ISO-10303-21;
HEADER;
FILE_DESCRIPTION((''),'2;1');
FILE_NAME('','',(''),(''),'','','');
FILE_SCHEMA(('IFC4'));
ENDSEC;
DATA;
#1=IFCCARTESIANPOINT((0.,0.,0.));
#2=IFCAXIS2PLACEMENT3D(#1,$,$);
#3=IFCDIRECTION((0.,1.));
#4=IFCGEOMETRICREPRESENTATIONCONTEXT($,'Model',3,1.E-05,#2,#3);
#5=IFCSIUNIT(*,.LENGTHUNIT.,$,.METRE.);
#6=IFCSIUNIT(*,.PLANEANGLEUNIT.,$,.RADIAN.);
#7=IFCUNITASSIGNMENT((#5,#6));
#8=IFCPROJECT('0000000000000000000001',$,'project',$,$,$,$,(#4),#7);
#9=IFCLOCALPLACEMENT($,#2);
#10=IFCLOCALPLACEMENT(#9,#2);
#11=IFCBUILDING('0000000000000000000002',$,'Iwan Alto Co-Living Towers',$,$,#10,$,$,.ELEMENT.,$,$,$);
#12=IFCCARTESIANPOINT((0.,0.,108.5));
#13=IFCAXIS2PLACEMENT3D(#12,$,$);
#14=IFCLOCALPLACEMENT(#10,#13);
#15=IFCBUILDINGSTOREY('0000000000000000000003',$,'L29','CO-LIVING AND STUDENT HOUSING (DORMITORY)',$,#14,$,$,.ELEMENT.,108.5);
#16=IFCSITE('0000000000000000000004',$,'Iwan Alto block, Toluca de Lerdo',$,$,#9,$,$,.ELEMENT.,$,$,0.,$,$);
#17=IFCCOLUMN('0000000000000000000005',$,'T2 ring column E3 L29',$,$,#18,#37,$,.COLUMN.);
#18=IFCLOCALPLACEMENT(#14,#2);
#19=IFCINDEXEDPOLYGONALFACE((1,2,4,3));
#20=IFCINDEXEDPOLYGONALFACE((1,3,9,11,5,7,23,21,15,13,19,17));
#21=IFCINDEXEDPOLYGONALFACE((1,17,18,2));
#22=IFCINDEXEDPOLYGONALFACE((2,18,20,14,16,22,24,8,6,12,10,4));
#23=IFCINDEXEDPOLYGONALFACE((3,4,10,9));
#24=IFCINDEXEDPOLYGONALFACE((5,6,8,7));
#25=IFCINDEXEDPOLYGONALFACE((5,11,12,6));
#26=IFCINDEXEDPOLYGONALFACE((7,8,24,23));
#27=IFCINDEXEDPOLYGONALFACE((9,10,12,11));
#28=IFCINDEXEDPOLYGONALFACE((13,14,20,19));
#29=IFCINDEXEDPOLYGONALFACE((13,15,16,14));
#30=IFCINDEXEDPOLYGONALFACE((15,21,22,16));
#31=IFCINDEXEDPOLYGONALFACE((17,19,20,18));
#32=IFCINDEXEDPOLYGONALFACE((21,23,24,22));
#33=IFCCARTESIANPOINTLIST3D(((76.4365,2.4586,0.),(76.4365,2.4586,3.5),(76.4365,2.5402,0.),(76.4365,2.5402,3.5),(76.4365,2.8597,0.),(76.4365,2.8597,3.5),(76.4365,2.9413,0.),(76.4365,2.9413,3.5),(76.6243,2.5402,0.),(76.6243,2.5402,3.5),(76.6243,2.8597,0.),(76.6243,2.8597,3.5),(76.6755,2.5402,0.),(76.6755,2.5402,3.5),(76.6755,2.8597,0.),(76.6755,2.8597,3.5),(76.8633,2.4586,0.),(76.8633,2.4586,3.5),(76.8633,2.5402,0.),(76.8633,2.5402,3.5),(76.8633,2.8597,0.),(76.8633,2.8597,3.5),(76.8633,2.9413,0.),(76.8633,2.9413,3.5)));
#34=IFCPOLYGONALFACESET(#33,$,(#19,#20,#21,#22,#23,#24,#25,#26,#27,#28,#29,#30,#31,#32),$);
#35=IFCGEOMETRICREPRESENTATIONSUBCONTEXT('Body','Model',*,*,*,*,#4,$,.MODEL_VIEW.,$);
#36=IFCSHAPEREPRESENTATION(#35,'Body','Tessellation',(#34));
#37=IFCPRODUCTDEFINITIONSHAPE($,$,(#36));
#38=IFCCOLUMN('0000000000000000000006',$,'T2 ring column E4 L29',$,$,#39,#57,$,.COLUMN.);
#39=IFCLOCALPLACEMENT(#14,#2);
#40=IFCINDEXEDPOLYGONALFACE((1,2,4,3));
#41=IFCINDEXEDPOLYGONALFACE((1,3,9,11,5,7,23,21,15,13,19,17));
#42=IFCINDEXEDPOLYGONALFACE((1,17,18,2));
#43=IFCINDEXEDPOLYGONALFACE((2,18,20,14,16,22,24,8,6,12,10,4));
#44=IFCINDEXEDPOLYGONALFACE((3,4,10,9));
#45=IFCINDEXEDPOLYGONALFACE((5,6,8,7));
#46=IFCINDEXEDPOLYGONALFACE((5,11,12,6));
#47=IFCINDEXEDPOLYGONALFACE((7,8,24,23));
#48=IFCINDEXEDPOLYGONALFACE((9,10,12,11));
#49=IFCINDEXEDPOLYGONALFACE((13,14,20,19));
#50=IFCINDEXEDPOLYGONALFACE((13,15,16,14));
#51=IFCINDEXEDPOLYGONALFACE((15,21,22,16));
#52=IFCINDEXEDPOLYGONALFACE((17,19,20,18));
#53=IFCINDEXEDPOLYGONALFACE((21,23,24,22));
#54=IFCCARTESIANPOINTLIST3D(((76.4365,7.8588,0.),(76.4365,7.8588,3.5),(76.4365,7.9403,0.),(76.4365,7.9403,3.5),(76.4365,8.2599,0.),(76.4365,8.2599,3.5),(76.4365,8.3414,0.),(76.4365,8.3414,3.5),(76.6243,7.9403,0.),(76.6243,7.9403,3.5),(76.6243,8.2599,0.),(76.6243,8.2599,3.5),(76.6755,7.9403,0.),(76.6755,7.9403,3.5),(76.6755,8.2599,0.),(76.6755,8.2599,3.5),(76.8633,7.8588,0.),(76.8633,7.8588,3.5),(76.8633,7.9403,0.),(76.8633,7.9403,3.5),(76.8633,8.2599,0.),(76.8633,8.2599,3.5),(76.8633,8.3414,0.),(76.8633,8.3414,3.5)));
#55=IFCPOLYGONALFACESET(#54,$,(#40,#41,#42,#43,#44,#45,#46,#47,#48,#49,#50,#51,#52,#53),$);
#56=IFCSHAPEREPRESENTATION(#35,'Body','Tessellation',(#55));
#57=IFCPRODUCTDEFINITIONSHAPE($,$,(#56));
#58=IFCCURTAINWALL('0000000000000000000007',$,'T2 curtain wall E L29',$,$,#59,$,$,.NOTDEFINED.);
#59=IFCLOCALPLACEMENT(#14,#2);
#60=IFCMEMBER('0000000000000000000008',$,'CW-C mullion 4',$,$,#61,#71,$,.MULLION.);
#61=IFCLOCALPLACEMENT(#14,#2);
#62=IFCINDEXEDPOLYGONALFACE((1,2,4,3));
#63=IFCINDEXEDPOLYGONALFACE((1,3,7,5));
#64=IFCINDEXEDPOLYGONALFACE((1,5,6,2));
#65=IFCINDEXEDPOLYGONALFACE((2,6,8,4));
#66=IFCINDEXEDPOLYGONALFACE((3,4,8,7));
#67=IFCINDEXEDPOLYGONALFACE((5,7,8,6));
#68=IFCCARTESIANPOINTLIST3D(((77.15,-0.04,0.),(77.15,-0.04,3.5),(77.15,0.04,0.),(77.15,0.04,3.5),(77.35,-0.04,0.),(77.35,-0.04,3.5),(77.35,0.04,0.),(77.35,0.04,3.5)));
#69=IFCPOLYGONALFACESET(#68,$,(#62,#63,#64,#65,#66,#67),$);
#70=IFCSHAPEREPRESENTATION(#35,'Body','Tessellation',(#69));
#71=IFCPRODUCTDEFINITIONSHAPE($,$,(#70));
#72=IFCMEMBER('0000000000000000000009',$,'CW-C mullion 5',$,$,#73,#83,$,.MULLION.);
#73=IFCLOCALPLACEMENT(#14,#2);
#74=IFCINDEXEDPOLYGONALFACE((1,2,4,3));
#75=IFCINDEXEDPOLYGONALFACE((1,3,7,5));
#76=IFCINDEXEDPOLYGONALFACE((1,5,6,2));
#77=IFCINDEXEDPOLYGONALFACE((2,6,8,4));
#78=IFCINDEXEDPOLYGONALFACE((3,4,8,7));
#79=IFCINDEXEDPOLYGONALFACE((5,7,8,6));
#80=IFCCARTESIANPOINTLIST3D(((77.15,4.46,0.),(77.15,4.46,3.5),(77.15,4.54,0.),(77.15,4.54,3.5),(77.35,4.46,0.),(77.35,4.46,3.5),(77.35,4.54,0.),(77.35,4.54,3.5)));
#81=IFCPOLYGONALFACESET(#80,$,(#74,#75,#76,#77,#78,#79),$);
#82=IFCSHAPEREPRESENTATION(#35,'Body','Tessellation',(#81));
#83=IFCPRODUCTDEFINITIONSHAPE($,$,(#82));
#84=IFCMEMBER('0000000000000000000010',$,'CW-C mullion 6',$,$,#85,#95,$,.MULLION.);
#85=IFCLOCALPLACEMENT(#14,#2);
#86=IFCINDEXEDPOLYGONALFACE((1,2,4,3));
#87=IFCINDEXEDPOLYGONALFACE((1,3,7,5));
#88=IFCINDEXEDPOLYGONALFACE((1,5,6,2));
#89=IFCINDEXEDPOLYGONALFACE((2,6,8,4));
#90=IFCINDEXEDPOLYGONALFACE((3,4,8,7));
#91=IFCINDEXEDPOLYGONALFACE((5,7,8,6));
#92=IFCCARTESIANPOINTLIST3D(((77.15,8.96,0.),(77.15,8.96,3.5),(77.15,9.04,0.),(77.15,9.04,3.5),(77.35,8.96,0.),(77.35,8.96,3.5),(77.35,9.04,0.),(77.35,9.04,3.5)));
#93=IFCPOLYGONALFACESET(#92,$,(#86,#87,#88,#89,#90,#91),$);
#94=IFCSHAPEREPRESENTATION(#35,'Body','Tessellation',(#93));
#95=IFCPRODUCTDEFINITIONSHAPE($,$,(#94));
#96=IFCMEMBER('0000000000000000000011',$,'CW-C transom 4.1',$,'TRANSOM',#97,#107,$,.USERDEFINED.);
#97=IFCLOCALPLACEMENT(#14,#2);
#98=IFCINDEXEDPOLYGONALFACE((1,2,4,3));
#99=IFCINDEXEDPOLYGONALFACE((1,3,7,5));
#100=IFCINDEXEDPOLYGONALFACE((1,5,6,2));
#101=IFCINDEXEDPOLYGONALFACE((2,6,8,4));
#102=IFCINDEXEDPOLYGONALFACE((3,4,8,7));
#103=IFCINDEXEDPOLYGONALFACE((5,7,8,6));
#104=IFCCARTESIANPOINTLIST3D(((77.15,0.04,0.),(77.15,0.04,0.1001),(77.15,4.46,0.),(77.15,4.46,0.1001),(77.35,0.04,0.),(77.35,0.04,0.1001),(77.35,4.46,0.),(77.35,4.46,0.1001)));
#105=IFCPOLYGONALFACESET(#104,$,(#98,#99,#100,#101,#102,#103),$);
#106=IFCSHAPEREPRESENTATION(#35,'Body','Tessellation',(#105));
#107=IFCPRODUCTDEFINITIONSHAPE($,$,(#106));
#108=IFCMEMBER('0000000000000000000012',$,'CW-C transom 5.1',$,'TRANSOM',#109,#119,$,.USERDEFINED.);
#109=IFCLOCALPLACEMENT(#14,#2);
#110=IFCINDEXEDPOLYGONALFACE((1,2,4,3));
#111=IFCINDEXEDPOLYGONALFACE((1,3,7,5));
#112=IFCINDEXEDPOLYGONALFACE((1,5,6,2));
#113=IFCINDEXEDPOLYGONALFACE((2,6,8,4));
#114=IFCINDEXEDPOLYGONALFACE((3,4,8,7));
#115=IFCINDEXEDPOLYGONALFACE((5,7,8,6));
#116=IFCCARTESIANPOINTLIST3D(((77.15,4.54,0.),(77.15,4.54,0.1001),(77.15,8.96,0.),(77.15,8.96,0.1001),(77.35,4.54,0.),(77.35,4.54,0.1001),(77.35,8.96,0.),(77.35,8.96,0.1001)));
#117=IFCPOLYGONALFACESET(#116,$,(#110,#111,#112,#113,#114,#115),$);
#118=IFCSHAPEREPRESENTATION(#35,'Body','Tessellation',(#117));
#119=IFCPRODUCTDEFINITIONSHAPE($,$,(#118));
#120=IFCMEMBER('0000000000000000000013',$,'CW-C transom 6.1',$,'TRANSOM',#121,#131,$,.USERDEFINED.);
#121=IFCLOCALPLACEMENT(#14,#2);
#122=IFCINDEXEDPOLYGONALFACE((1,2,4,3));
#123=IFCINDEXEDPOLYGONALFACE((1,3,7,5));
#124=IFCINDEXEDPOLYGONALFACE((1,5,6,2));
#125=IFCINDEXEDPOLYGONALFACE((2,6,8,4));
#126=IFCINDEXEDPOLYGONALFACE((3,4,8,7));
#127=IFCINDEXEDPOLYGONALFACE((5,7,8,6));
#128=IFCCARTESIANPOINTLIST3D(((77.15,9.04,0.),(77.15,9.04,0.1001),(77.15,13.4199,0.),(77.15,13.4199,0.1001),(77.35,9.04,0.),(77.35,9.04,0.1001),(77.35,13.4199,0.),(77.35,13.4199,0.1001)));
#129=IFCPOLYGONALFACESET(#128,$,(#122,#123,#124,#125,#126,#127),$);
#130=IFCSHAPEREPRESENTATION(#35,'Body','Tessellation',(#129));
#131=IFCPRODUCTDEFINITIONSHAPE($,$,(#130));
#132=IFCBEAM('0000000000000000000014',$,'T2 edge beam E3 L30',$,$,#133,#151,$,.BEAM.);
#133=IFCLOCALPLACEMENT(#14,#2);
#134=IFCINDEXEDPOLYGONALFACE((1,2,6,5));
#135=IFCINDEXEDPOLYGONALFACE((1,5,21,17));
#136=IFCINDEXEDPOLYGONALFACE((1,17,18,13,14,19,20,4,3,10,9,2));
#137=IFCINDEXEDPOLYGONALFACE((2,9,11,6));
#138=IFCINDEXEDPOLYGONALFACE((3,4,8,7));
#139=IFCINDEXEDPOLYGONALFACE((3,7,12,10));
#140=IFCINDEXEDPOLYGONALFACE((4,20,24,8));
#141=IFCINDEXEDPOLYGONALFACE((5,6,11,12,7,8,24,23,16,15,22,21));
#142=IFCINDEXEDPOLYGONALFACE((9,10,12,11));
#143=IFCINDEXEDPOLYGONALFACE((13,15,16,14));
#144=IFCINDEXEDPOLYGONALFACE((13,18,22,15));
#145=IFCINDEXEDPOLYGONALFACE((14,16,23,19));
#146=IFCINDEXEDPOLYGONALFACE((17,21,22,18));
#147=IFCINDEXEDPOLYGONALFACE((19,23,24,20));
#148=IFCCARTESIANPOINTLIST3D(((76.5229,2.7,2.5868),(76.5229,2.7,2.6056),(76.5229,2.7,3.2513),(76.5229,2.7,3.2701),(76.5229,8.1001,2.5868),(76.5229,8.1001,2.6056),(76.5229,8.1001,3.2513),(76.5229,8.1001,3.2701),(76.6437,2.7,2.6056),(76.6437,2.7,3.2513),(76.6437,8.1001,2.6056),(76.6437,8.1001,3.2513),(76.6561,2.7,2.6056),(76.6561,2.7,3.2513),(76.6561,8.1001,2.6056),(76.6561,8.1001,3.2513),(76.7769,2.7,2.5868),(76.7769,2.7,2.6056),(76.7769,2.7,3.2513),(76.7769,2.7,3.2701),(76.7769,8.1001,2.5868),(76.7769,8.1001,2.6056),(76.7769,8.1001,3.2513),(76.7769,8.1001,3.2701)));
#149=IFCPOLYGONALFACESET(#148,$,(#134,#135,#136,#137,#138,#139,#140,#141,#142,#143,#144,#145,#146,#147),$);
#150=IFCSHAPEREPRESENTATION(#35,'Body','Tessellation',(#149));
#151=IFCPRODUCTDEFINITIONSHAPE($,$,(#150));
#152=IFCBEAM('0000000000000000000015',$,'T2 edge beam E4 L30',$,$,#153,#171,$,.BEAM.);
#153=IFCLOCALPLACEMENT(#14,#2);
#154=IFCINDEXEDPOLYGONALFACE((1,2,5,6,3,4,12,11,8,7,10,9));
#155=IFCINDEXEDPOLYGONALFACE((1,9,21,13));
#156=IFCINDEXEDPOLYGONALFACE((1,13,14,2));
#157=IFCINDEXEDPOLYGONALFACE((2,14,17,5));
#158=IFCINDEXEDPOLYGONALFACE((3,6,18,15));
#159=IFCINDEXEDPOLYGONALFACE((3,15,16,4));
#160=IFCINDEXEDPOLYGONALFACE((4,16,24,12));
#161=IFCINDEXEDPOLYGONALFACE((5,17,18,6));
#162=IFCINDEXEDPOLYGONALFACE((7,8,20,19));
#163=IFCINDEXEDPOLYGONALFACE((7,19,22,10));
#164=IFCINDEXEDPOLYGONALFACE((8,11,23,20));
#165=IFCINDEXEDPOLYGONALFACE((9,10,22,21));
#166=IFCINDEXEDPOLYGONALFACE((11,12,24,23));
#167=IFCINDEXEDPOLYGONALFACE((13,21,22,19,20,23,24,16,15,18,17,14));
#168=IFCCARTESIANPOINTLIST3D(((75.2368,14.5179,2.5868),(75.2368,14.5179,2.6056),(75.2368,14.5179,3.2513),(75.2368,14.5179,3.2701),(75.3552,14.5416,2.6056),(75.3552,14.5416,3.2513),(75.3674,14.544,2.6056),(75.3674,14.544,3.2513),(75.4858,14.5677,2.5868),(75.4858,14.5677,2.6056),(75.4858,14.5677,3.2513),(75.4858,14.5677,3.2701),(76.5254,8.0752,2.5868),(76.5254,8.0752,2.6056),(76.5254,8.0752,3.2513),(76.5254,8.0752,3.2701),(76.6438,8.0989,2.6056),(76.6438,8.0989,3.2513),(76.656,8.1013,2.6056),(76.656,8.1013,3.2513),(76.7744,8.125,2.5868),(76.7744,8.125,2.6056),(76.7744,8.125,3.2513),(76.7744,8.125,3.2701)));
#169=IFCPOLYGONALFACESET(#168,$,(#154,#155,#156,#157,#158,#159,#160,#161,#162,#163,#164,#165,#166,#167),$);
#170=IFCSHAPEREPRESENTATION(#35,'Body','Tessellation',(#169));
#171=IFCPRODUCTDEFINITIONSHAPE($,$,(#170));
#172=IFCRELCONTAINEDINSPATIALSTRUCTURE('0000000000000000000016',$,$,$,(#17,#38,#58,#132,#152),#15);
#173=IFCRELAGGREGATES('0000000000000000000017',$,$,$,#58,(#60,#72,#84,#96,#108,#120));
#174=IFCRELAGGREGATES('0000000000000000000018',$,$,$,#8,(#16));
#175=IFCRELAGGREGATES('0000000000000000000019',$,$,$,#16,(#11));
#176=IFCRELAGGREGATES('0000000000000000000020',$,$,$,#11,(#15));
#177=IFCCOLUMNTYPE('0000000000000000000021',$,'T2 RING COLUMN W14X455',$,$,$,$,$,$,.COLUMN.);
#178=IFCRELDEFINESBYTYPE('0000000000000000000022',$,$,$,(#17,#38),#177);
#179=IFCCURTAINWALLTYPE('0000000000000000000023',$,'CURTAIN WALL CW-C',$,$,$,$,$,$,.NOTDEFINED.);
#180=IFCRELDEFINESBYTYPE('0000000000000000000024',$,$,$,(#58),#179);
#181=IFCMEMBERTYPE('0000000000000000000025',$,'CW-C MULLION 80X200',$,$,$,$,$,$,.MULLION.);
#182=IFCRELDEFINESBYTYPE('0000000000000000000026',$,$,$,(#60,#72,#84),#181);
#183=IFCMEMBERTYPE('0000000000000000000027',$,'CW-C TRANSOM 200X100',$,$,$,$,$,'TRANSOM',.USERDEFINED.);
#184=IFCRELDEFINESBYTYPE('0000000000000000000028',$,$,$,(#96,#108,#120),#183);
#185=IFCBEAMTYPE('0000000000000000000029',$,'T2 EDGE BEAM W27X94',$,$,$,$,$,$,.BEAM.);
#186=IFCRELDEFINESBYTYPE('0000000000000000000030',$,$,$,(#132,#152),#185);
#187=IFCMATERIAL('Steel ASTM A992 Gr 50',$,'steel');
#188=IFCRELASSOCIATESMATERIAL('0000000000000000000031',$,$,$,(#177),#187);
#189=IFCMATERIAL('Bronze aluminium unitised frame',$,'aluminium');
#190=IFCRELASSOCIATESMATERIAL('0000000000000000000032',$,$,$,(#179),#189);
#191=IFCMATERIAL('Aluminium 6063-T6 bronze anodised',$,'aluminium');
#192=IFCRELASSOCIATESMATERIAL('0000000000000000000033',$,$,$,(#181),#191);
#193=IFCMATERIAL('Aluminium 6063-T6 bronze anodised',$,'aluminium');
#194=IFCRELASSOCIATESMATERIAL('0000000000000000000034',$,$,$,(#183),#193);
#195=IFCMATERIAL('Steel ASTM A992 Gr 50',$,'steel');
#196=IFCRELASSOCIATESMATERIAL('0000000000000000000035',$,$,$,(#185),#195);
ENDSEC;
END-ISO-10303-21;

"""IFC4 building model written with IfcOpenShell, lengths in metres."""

from ifc_helpers import new_model, si_unit, direction, frame, origin, origin_2d, place, context, subcontext, project, spatial, rectangle, i_section, extrude, material, material_profile, profile_set, type_object, element, aggregate, save


model = new_model("IFC4")

# Units and contexts
model_context = context("Model", 3, precision=1e-05, world=origin(), true_north=direction((0.0, 1.0)))
body_context = subcontext(model_context, "Body", "Model", "MODEL_VIEW")
ifc_project = project(units=[si_unit("LENGTHUNIT", "METRE"), si_unit("PLANEANGLEUNIT", "RADIAN")], contexts=[model_context])

# Site, building, storey
site_placement = place(None, origin())
site = spatial("IfcSite", under=ifc_project, at=site_placement, Name="Iwan Alto block, Toluca de Lerdo", CompositionType="ELEMENT", RefElevation=0.0)
building_placement = place(site_placement, origin())
building = spatial("IfcBuilding", under=site, at=building_placement, Name="Iwan Alto Co-Living Towers", CompositionType="ELEMENT")
storey_placement = place(building_placement, frame((0.0, 0.0, 108.5)))
storey = spatial("IfcBuildingStorey", under=building, at=storey_placement, Name="L29", Description="CO-LIVING AND STUDENT HOUSING (DORMITORY)", CompositionType="ELEMENT", Elevation=108.5)

# Columns
ifc_material_1 = material(Name="Steel ASTM A992 Gr 50", Category="steel")
ifc_material_profile_1 = material_profile(ifc_material_1, i_section(OverallWidth=0.4268, OverallDepth=0.4827, WebThickness=0.0513, FlangeThickness=0.0815, at=origin_2d()), Name="W14X455")
ifc_profile_set_1 = profile_set([ifc_material_profile_1], Name="Steel ASTM A992 Gr 50")
column_type = type_object("IfcColumnType", Name="T2 RING COLUMN W14X455", PredefinedType="COLUMN", material=ifc_profile_set_1)
for number, where, z_axis, x_axis, name in (
    (1, (76.6499, 2.7, 0.0), (0.0, 0.0, 1.0), (1.0, 0.0, 0.0), "T2 ring column E3 L29"),
    (2, (76.6499, 8.1001, 0.0), (0.0, 0.0, 1.0), (1.0, 0.0, 0.0), "T2 ring column E4 L29"),
):
    element("IfcColumn", number, at=place(storey_placement, frame(where, z_axis=z_axis, x_axis=x_axis)), inside=storey, type_object=column_type, Name=name, PredefinedType="COLUMN", context=body_context, shape_type="SweptSolid", body=[
        extrude(i_section(OverallWidth=0.4268, OverallDepth=0.4827, WebThickness=0.0513, FlangeThickness=0.0815, at=origin_2d()), origin(), (0.0, 0.0, 1.0), 3.5),
    ])

# Curtain wall, members
ifc_material_2 = material(Name="Bronze aluminium unitised frame", Category="aluminium")
curtain_wall_type = type_object("IfcCurtainWallType", Name="CURTAIN WALL CW-C", PredefinedType="NOTDEFINED", material=ifc_material_2)
curtain_wall_placement = place(storey_placement, origin())
curtain_wall = element("IfcCurtainWall", 3, at=curtain_wall_placement, inside=storey, type_object=curtain_wall_type, Name="T2 curtain wall E L29", PredefinedType="NOTDEFINED")
ifc_material_3 = material(Name="Aluminium 6063-T6 bronze anodised", Category="aluminium")
ifc_material_profile_2 = material_profile(ifc_material_3, rectangle(XDim=0.2, YDim=0.0801, at=origin_2d()), Name="AL 80X200")
ifc_profile_set_2 = profile_set([ifc_material_profile_2], Name="Aluminium 6063-T6 bronze anodised")
member_type_1 = type_object("IfcMemberType", Name="CW-C MULLION 80X200", PredefinedType="MULLION", material=ifc_profile_set_2)
member_1_placement = place(storey_placement, frame((77.25, 0.0, 0.0), z_axis=(0.0, 0.0, 1.0), x_axis=(-1.0, 0.0, 0.0)))
member_1 = element("IfcMember", 4, at=member_1_placement, type_object=member_type_1, Name="CW-C mullion 4", PredefinedType="MULLION", context=body_context, shape_type="SweptSolid", body=[
    extrude(rectangle(XDim=0.2, YDim=0.0801, at=origin_2d()), origin(), (0.0, 0.0, 1.0), 3.5),
])
member_2_placement = place(storey_placement, frame((77.25, 4.5, 0.0), z_axis=(0.0, 0.0, 1.0), x_axis=(-1.0, 0.0, 0.0)))
member_2 = element("IfcMember", 5, at=member_2_placement, type_object=member_type_1, Name="CW-C mullion 5", PredefinedType="MULLION", context=body_context, shape_type="SweptSolid", body=[
    extrude(rectangle(XDim=0.2, YDim=0.0801, at=origin_2d()), origin(), (0.0, 0.0, 1.0), 3.5),
])
member_3_placement = place(storey_placement, frame((77.25, 9.0, 0.0), z_axis=(0.0, 0.0, 1.0), x_axis=(-1.0, 0.0, 0.0)))
member_3 = element("IfcMember", 6, at=member_3_placement, type_object=member_type_1, Name="CW-C mullion 6", PredefinedType="MULLION", context=body_context, shape_type="SweptSolid", body=[
    extrude(rectangle(XDim=0.2, YDim=0.0801, at=origin_2d()), origin(), (0.0, 0.0, 1.0), 3.5),
])
ifc_material_4 = material(Name="Aluminium 6063-T6 bronze anodised", Category="aluminium")
ifc_material_profile_3 = material_profile(ifc_material_4, rectangle(XDim=0.2, YDim=0.1001, at=origin_2d()), Name="AL 200X100")
ifc_profile_set_3 = profile_set([ifc_material_profile_3], Name="Aluminium 6063-T6 bronze anodised")
member_type_2 = type_object("IfcMemberType", Name="CW-C TRANSOM 200X100", ElementType="TRANSOM", PredefinedType="USERDEFINED", material=ifc_profile_set_3)
member_4_placement = place(storey_placement, frame((77.25, 0.04, 0.05), z_axis=(0.0, 1.0, 0.0), x_axis=(-1.0, 0.0, 0.0)))
member_4 = element("IfcMember", 7, at=member_4_placement, type_object=member_type_2, Name="CW-C transom 4.1", ObjectType="TRANSOM", PredefinedType="USERDEFINED", context=body_context, shape_type="SweptSolid", body=[
    extrude(rectangle(XDim=0.2, YDim=0.1001, at=origin_2d()), origin(), (0.0, 0.0, 1.0), 4.4199),
])
member_5_placement = place(storey_placement, frame((77.25, 4.54, 0.05), z_axis=(0.0, 1.0, 0.0), x_axis=(-1.0, 0.0, 0.0)))
member_5 = element("IfcMember", 8, at=member_5_placement, type_object=member_type_2, Name="CW-C transom 5.1", ObjectType="TRANSOM", PredefinedType="USERDEFINED", context=body_context, shape_type="SweptSolid", body=[
    extrude(rectangle(XDim=0.2, YDim=0.1001, at=origin_2d()), origin(), (0.0, 0.0, 1.0), 4.4199),
])
member_6_placement = place(storey_placement, frame((77.25, 9.04, 0.05), z_axis=(0.0, 1.0, 0.0), x_axis=(-1.0, 0.0, 0.0)))
member_6 = element("IfcMember", 9, at=member_6_placement, type_object=member_type_2, Name="CW-C transom 6.1", ObjectType="TRANSOM", PredefinedType="USERDEFINED", context=body_context, shape_type="SweptSolid", body=[
    extrude(rectangle(XDim=0.2, YDim=0.1001, at=origin_2d()), origin(), (0.0, 0.0, 1.0), 4.3799),
])

# Beams
ifc_material_5 = material(Name="Steel ASTM A992 Gr 50", Category="steel")
ifc_material_profile_4 = material_profile(ifc_material_5, i_section(OverallWidth=0.2539, OverallDepth=0.6833, WebThickness=0.0125, FlangeThickness=0.0188, at=origin_2d()), Name="W27X94")
ifc_profile_set_4 = profile_set([ifc_material_profile_4], Name="Steel ASTM A992 Gr 50")
beam_type_1 = type_object("IfcBeamType", Name="T2 EDGE BEAM W27X94", PredefinedType="BEAM", material=ifc_profile_set_4)
beam_1_placement = place(storey_placement, frame((76.6499, 2.7, 2.9285), z_axis=(0.0, 1.0, 0.0), x_axis=(-1.0, 0.0, 0.0)))
element("IfcBeam", 10, at=beam_1_placement, inside=storey, type_object=beam_type_1, Name="T2 edge beam E3 L30", PredefinedType="BEAM", context=body_context, shape_type="SweptSolid", body=[
    extrude(i_section(OverallWidth=0.2539, OverallDepth=0.6833, WebThickness=0.0125, FlangeThickness=0.0188, at=origin_2d()), origin(), (0.0, 0.0, 1.0), 5.4001),
])
beam_2_placement = place(storey_placement, frame((76.6499, 8.1001, 2.9285), z_axis=(-0.196123, 0.980579, 0.0), x_axis=(-0.980579, -0.196123, 0.0)))
element("IfcBeam", 11, at=beam_2_placement, inside=storey, type_object=beam_type_1, Name="T2 edge beam E4 L30", PredefinedType="BEAM", context=body_context, shape_type="SweptSolid", body=[
    extrude(i_section(OverallWidth=0.2539, OverallDepth=0.6833, WebThickness=0.0125, FlangeThickness=0.0188, at=origin_2d()), origin(), (0.0, 0.0, 1.0), 6.5703),
])

aggregate(curtain_wall, [member_1, member_2, member_3, member_4, member_5, member_6])

save(model, "model.ifc")
